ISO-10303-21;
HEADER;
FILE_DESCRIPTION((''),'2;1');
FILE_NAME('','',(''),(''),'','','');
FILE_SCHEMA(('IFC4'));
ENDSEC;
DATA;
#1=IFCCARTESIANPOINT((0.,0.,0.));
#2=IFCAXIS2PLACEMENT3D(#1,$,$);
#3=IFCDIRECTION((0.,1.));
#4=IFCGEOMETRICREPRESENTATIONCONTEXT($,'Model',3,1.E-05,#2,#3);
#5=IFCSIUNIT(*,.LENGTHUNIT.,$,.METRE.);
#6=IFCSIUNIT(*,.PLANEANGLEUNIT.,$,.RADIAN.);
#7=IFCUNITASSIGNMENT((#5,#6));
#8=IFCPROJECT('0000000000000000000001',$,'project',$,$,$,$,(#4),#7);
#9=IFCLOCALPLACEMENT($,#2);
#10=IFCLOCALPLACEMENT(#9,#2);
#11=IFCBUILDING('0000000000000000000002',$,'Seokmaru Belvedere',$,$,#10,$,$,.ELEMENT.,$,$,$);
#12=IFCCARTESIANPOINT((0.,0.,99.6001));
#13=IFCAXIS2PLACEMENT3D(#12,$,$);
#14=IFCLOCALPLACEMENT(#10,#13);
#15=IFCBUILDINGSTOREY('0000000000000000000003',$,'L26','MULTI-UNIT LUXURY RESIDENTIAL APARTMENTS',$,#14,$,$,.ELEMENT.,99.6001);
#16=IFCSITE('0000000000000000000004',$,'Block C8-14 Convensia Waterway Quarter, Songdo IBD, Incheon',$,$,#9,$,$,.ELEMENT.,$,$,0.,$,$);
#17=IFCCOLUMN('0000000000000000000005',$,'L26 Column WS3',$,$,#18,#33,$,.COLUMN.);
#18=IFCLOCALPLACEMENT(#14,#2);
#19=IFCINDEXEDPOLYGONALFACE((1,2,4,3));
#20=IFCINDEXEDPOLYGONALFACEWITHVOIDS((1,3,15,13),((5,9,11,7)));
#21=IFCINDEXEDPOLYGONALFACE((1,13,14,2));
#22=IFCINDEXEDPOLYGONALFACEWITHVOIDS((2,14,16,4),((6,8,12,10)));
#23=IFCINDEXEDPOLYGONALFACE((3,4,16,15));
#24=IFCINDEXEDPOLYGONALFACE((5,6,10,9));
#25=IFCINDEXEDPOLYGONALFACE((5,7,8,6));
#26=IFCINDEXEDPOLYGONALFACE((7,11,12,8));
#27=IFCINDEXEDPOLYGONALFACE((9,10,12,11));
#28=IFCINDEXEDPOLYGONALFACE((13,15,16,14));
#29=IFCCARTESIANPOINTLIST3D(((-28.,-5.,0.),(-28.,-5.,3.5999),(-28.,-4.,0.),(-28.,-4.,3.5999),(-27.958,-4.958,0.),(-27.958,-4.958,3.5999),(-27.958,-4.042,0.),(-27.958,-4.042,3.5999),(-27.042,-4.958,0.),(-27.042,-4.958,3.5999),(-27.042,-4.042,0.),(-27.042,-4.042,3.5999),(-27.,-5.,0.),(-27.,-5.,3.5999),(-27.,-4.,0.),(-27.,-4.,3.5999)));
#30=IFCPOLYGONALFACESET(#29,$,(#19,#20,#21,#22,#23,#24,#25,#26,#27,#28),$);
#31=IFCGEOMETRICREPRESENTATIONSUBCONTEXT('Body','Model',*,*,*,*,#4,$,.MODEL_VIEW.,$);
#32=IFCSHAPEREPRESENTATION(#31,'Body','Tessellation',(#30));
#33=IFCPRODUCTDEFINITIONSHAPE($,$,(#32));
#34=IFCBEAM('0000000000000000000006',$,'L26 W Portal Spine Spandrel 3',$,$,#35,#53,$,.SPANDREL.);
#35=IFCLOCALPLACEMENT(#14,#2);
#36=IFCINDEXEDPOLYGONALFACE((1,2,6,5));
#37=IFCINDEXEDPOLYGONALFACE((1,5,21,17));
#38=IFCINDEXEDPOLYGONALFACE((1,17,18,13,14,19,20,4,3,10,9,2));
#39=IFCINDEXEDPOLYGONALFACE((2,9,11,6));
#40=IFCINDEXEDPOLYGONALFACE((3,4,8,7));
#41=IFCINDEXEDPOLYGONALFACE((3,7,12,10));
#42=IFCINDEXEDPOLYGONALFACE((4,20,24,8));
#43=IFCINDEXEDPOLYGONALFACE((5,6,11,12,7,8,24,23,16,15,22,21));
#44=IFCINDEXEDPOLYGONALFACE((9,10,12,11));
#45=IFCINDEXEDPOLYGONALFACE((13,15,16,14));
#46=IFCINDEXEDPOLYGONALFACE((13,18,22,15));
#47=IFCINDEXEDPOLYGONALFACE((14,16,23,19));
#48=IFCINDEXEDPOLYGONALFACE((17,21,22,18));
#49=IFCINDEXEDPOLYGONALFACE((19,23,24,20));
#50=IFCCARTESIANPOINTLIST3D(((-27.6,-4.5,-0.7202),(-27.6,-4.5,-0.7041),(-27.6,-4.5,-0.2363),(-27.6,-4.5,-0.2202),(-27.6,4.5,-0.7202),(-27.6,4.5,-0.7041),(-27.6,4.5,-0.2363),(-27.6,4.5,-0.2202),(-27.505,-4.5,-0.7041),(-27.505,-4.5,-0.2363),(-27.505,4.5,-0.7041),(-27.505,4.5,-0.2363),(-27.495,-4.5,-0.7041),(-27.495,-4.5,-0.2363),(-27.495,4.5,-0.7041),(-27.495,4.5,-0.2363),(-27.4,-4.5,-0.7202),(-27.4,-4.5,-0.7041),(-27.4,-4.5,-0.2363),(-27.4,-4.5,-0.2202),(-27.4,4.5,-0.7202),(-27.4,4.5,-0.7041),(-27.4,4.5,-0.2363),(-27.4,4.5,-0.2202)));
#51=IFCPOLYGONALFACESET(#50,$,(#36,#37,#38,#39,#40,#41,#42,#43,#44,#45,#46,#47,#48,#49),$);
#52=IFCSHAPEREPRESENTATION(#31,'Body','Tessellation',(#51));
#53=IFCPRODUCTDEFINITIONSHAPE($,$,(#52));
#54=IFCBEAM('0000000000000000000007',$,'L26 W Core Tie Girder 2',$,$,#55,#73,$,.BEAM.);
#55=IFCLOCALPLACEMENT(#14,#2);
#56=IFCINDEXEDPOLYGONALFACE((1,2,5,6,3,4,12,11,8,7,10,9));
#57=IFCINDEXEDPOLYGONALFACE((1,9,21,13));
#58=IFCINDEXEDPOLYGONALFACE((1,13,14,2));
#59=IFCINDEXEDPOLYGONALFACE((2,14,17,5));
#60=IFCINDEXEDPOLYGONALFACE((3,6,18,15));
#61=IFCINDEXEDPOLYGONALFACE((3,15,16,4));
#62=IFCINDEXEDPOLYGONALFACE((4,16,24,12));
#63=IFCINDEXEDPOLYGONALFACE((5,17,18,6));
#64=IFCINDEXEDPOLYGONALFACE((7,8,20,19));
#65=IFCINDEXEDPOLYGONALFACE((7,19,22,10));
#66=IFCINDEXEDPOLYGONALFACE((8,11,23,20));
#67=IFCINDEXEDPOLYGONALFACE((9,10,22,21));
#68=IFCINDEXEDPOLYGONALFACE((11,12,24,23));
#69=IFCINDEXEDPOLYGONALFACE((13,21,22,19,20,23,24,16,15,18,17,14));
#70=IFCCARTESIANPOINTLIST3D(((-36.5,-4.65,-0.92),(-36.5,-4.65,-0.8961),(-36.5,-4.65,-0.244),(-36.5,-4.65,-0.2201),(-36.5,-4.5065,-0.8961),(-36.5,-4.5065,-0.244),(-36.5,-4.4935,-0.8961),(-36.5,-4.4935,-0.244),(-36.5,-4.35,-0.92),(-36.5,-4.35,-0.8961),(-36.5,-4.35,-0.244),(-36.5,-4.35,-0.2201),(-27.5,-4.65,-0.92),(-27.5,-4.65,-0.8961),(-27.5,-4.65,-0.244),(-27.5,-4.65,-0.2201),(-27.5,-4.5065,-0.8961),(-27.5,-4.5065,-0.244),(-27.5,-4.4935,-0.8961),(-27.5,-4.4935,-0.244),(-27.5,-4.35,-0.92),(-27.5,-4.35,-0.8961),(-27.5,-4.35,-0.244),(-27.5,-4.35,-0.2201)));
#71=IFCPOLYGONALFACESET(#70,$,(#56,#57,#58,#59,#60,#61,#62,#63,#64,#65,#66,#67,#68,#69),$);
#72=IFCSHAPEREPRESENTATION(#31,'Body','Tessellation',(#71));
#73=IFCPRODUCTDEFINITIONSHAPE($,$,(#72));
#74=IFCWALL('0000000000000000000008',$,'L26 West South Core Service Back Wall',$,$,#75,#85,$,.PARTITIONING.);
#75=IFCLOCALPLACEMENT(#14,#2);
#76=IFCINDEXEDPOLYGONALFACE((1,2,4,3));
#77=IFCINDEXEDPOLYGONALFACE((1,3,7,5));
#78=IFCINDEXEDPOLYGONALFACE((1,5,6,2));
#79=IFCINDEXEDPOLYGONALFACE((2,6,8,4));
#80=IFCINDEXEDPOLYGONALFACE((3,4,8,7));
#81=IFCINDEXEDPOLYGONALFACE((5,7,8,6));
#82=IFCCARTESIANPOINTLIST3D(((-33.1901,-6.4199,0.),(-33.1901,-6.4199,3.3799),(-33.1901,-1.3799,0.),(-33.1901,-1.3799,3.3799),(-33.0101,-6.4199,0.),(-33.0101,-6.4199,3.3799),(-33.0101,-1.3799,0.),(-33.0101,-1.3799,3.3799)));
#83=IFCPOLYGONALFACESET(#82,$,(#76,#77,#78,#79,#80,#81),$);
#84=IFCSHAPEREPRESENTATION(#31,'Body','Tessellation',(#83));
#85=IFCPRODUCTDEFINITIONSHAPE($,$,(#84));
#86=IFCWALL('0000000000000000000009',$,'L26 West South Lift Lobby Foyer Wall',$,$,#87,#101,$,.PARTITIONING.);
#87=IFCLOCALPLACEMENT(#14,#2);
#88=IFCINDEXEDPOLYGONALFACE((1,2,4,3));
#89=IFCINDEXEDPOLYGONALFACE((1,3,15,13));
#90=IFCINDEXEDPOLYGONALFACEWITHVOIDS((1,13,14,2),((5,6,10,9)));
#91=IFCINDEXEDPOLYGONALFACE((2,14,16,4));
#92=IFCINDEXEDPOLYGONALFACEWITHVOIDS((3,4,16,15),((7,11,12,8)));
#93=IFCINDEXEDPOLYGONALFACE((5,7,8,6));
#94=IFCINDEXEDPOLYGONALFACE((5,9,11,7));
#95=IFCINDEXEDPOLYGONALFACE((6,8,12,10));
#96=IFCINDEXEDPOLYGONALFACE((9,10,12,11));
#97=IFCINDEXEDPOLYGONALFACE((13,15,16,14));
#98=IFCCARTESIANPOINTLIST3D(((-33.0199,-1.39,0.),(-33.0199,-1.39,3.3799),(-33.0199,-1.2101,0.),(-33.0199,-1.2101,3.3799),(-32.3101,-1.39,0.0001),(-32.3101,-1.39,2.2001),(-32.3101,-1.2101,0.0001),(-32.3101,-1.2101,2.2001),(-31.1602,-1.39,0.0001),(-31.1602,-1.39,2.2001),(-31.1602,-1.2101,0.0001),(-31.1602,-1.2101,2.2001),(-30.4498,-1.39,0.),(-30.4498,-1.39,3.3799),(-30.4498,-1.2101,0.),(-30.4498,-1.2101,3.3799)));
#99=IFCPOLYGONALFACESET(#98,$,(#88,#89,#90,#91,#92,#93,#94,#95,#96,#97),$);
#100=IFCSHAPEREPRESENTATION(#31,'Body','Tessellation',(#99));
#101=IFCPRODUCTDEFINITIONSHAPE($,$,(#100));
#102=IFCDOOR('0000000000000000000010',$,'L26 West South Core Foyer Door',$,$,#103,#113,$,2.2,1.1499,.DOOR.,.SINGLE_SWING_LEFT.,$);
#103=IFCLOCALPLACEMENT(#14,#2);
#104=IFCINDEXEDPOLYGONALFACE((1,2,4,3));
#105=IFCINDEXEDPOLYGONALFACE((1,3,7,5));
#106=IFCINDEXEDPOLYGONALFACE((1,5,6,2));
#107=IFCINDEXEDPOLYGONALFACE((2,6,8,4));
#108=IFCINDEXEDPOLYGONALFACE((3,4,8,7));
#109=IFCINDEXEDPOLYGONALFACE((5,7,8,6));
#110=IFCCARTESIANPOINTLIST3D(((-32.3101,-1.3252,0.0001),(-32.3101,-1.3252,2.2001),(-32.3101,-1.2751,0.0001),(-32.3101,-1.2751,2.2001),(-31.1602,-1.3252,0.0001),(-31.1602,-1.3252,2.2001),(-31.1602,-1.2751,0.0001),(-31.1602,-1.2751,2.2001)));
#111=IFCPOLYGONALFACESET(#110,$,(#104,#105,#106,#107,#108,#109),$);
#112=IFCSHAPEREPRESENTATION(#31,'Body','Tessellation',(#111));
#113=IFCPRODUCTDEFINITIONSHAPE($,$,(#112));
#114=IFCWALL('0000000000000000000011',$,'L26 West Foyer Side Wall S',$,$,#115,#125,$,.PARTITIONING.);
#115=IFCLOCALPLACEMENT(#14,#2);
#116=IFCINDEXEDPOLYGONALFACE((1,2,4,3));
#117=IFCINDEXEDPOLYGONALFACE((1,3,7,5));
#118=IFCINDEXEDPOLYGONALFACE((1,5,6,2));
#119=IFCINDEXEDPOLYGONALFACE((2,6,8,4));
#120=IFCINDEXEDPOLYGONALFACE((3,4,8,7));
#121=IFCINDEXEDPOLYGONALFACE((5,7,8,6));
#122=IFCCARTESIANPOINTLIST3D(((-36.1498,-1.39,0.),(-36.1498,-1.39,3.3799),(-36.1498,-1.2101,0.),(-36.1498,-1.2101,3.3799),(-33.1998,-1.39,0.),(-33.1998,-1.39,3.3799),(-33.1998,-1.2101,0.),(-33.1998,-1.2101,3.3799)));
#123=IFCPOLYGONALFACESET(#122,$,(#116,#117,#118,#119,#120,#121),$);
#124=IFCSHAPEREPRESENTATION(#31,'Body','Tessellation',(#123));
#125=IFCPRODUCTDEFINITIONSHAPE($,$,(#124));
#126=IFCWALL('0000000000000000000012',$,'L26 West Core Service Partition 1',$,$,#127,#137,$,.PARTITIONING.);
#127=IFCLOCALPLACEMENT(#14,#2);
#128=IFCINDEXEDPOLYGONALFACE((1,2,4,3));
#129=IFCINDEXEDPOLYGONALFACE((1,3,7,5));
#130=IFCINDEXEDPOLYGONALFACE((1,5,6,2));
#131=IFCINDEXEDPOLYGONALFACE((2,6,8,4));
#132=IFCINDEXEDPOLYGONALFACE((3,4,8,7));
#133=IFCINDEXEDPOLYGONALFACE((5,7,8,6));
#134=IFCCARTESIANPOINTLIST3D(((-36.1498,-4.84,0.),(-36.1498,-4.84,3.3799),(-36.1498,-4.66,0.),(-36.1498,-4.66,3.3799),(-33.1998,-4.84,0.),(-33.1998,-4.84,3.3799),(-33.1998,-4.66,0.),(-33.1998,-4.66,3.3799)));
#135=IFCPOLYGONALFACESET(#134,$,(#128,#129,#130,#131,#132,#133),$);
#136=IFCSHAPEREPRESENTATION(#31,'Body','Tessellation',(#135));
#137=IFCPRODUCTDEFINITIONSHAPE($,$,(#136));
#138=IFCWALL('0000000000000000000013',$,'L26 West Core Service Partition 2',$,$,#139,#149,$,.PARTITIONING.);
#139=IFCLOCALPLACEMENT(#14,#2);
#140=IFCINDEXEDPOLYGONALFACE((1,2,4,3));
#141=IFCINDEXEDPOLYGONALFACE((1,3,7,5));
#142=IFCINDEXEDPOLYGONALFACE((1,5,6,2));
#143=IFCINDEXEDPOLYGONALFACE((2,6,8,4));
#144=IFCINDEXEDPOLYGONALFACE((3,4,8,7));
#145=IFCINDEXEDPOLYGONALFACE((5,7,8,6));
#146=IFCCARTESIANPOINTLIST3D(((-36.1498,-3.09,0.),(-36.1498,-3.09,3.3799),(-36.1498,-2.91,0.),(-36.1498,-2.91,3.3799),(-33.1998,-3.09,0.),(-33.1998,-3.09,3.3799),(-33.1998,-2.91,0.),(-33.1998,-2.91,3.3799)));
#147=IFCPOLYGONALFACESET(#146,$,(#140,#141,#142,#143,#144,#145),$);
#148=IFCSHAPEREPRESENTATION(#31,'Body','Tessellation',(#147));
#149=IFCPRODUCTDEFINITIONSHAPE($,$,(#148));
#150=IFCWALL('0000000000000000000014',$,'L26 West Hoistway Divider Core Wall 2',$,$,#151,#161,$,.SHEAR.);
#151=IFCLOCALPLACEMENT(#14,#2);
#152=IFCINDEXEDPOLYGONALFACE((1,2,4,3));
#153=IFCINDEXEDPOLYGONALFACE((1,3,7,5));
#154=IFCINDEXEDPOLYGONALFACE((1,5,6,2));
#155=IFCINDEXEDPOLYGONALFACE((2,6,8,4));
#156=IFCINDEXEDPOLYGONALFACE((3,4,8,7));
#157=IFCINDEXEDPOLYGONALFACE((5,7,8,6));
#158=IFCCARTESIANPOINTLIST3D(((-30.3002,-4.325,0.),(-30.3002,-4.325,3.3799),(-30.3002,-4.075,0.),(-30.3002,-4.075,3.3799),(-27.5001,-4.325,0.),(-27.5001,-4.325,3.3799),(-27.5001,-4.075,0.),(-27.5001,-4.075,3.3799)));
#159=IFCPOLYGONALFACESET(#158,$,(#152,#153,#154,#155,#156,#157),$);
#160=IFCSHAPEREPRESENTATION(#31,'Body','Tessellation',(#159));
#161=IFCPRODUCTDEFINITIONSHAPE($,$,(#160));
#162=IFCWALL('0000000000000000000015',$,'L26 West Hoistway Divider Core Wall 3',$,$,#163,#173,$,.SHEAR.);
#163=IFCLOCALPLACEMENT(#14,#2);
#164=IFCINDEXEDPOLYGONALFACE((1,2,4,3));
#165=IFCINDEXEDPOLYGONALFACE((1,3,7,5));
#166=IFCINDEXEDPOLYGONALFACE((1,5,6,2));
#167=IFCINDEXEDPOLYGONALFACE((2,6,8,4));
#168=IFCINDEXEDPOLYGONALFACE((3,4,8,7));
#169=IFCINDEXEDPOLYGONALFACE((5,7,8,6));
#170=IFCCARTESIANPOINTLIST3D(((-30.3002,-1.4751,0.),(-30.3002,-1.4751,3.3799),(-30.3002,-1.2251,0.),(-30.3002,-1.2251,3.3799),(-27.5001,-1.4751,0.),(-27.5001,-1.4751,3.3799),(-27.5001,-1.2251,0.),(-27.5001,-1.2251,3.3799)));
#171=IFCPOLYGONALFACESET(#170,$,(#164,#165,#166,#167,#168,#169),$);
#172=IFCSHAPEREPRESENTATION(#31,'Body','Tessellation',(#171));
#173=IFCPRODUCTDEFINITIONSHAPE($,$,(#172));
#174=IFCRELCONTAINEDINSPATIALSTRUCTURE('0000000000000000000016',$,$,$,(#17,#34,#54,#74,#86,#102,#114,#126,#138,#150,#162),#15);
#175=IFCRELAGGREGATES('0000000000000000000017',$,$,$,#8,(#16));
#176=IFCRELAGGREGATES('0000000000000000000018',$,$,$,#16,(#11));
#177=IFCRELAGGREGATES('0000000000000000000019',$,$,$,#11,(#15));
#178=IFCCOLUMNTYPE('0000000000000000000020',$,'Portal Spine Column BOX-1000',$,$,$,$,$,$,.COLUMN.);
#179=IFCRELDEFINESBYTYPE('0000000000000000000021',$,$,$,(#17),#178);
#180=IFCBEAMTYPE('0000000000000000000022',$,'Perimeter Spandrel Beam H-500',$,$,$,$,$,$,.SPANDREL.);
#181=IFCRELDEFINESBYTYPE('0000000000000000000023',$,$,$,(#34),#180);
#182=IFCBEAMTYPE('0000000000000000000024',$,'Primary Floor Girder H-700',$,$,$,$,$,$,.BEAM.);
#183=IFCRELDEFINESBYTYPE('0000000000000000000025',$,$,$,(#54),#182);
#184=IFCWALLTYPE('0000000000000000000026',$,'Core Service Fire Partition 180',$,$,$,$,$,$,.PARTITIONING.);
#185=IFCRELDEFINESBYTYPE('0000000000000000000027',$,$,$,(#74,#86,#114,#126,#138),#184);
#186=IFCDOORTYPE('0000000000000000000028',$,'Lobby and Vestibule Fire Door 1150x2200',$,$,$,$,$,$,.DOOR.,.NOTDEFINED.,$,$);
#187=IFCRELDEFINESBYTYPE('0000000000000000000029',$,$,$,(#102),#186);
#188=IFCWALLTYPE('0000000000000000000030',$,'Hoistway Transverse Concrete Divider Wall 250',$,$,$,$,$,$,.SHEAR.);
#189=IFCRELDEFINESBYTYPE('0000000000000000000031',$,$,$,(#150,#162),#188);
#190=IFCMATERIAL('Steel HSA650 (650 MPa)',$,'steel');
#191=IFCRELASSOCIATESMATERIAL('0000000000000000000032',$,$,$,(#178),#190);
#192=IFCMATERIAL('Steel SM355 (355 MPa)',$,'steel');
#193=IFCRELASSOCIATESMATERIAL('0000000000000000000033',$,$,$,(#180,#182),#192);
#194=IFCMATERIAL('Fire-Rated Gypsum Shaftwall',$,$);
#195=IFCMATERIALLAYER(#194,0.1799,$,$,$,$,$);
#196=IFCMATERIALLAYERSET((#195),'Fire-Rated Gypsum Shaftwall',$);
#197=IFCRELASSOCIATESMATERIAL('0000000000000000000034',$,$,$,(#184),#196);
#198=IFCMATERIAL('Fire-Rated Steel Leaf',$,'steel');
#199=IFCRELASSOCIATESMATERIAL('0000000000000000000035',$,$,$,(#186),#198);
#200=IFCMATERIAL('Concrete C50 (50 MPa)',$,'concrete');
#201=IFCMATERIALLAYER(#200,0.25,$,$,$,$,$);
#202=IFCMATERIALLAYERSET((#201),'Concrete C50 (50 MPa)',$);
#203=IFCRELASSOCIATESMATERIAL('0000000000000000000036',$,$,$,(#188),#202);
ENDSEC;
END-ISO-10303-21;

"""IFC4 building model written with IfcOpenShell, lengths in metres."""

from ifc_helpers import new_model, si_unit, direction, frame, frame_2d, origin, origin_2d, place, context, subcontext, project, spatial, rectangle, hollow_rectangle, i_section, extrude, source, transform, mapped, material, layer, layer_set, material_profile, profile_set, type_object, type_shapes, element, fill, save


model = new_model("IFC4")

# Units and contexts
model_context = context("Model", 3, precision=1e-05, world=origin(), true_north=direction((0.0, 1.0)))
body_context = subcontext(model_context, "Body", "Model", "MODEL_VIEW")
ifc_project = project(units=[si_unit("LENGTHUNIT", "METRE"), si_unit("PLANEANGLEUNIT", "RADIAN")], contexts=[model_context])

# Site, building, storey
site_placement = place(None, origin())
site = spatial("IfcSite", under=ifc_project, at=site_placement, Name="Block C8-14 Convensia Waterway Quarter, Songdo IBD, Incheon", CompositionType="ELEMENT", RefElevation=0.0)
building_placement = place(site_placement, origin())
building = spatial("IfcBuilding", under=site, at=building_placement, Name="Seokmaru Belvedere", CompositionType="ELEMENT")
storey_placement = place(building_placement, frame((0.0, 0.0, 99.6001)))
storey = spatial("IfcBuildingStorey", under=building, at=storey_placement, Name="L26", Description="MULTI-UNIT LUXURY RESIDENTIAL APARTMENTS", CompositionType="ELEMENT", Elevation=99.6001)

# Column
ifc_material_1 = material(Name="Steel HSA650 (650 MPa)", Category="steel")
ifc_material_profile_1 = material_profile(ifc_material_1, hollow_rectangle(XDim=1.0, YDim=1.0, WallThickness=0.042, at=origin_2d()), Name="BOX-1000x1000x42")
ifc_profile_set_1 = profile_set([ifc_material_profile_1], Name="Steel HSA650 (650 MPa)")
column_type = type_object("IfcColumnType", Name="Portal Spine Column BOX-1000", PredefinedType="COLUMN", material=ifc_profile_set_1)
shared_shape_1 = source(origin(), body_context, "Body", "SweptSolid", [
    extrude(hollow_rectangle(XDim=1.0, YDim=1.0, WallThickness=0.042, at=origin_2d()), origin(), (0.0, 0.0, 1.0), 3.5999),
])
type_shapes(column_type, [shared_shape_1])
column_placement = place(storey_placement, frame((-27.5, -4.5, 0.0), z_axis=(0.0, 0.0, 1.0), x_axis=(1.0, 0.0, 0.0)))
element("IfcColumn", 1, at=column_placement, inside=storey, type_object=column_type, Name="L26 Column WS3", PredefinedType="COLUMN", context=body_context, shape_type="MappedRepresentation", body=[
    mapped(shared_shape_1, transform((0.0, 0.0, 0.0), scale=1.0)),
])

# Beams
ifc_material_2 = material(Name="Steel SM355 (355 MPa)", Category="steel")
ifc_material_profile_2 = material_profile(ifc_material_2, i_section(OverallWidth=0.2, OverallDepth=0.5, WebThickness=0.01, FlangeThickness=0.0161, at=origin_2d()), Name="H-500x200x10x16")
ifc_profile_set_2 = profile_set([ifc_material_profile_2], Name="Steel SM355 (355 MPa)")
beam_type_1 = type_object("IfcBeamType", Name="Perimeter Spandrel Beam H-500", PredefinedType="SPANDREL", material=ifc_profile_set_2)
shared_shape_2 = source(origin(), body_context, "Body", "SweptSolid", [
    extrude(i_section(OverallWidth=0.2, OverallDepth=0.5, WebThickness=0.01, FlangeThickness=0.0161, at=origin_2d()), origin(), (0.0, 0.0, 1.0), 9.0),
])
type_shapes(beam_type_1, [shared_shape_2])
beam_1_placement = place(storey_placement, frame((-27.5, -4.5, -0.4702), z_axis=(0.0, 1.0, 0.0), x_axis=(-1.0, 0.0, 0.0)))
element("IfcBeam", 2, at=beam_1_placement, inside=storey, type_object=beam_type_1, Name="L26 W Portal Spine Spandrel 3", PredefinedType="SPANDREL", context=body_context, shape_type="MappedRepresentation", body=[
    mapped(shared_shape_2, transform((0.0, 0.0, 0.0), scale=1.0)),
])
ifc_material_profile_3 = material_profile(ifc_material_2, i_section(OverallWidth=0.3, OverallDepth=0.7, WebThickness=0.0129, FlangeThickness=0.0239, at=origin_2d()), Name="H-700x300x13x24")
ifc_profile_set_3 = profile_set([ifc_material_profile_3], Name="Steel SM355 (355 MPa)")
beam_type_2 = type_object("IfcBeamType", Name="Primary Floor Girder H-700", PredefinedType="BEAM", material=ifc_profile_set_3)
shared_shape_3 = source(origin(), body_context, "Body", "SweptSolid", [
    extrude(i_section(OverallWidth=0.3, OverallDepth=0.7, WebThickness=0.0129, FlangeThickness=0.0239, at=origin_2d()), origin(), (0.0, 0.0, 1.0), 9.0),
])
type_shapes(beam_type_2, [shared_shape_3])
beam_2_placement = place(storey_placement, frame((-36.5, -4.5, -0.5701), z_axis=(1.0, 0.0, 0.0), x_axis=(0.0, 1.0, 0.0)))
element("IfcBeam", 3, at=beam_2_placement, inside=storey, type_object=beam_type_2, Name="L26 W Core Tie Girder 2", PredefinedType="BEAM", context=body_context, shape_type="MappedRepresentation", body=[
    mapped(shared_shape_3, transform((0.0, 0.0, 0.0), scale=1.0)),
])

# Wall
ifc_material_3 = material(Name="Fire-Rated Gypsum Shaftwall")
ifc_layer_1 = layer(ifc_material_3, 0.1799)
ifc_layer_set_1 = layer_set([ifc_layer_1], Name="Fire-Rated Gypsum Shaftwall")
wall_type_1 = type_object("IfcWallType", Name="Core Service Fire Partition 180", PredefinedType="PARTITIONING", material=ifc_layer_set_1)
wall_1_placement = place(storey_placement, frame((-33.1001, -6.4199, 0.0), z_axis=(0.0, 0.0, 1.0), x_axis=(0.0, 1.0, 0.0)))
element("IfcWall", 4, at=wall_1_placement, inside=storey, type_object=wall_type_1, Name="L26 West South Core Service Back Wall", PredefinedType="PARTITIONING", context=body_context, shape_type="SweptSolid", body=[
    extrude(rectangle(XDim=5.04, YDim=0.1799, at=frame_2d((2.52, 0.0))), origin(), (0.0, 0.0, 1.0), 3.3799),
])

# Wall, opening, door
wall_2_placement = place(storey_placement, frame((-33.02, -1.3, 0.0), z_axis=(0.0, 0.0, 1.0), x_axis=(1.0, 0.0, 0.0)))
wall_2 = element("IfcWall", 5, at=wall_2_placement, inside=storey, type_object=wall_type_1, Name="L26 West South Lift Lobby Foyer Wall", PredefinedType="PARTITIONING", context=body_context, shape_type="SweptSolid", body=[
    extrude(rectangle(XDim=2.5701, YDim=0.1799, at=frame_2d((1.2852, 0.0))), origin(), (0.0, 0.0, 1.0), 3.3799),
])
opening_1_placement = place(wall_2_placement, frame((0.71, 0.0, 0.0)))
opening_1 = element("IfcOpeningElement", 6, at=opening_1_placement, cuts=wall_2, PredefinedType="OPENING", context=body_context, shape_type="SweptSolid", body=[
    extrude(rectangle(XDim=1.1499, YDim=2.2, at=frame_2d((0.575, 1.1001))), frame((0.0, 0.1001, 0.0), z_axis=(0.0, -1.0, 0.0), x_axis=(1.0, 0.0, 0.0)), (0.0, 0.0, 1.0), 0.2),
])
ifc_material_4 = material(Name="Fire-Rated Steel Leaf", Category="steel")
door_type_1 = type_object("IfcDoorType", Name="Lobby and Vestibule Fire Door 1150x2200", OperationType="NOTDEFINED", PredefinedType="DOOR", material=ifc_material_4)
shared_shape_4 = source(origin(), body_context, "Body", "SweptSolid", [
    extrude(rectangle(XDim=1.1499, YDim=2.2, at=frame_2d((0.575, 1.1001))), frame((0.0, 0.0249, 0.0), z_axis=(0.0, -1.0, 0.0), x_axis=(1.0, 0.0, 0.0)), (0.0, 0.0, 1.0), 0.05),
])
type_shapes(door_type_1, [shared_shape_4])
door_1_placement = place(opening_1_placement, origin())
door_1 = element("IfcDoor", 7, at=door_1_placement, inside=storey, type_object=door_type_1, Name="L26 West South Core Foyer Door", OperationType="SINGLE_SWING_LEFT", OverallHeight=2.2, OverallWidth=1.1499, PredefinedType="DOOR", context=body_context, shape_type="MappedRepresentation", body=[
    mapped(shared_shape_4, transform((0.0, 0.0, 0.0), scale=1.0)),
])
fill(opening_1, door_1)

# Walls
for number, where, z_axis, x_axis, name in (
    (8, (-36.1499, -1.3, 0.0), (0.0, 0.0, 1.0), (1.0, 0.0, 0.0), "L26 West Foyer Side Wall S"),
    (9, (-36.1499, -4.75, 0.0), (0.0, 0.0, 1.0), (1.0, 0.0, 0.0), "L26 West Core Service Partition 1"),
    (10, (-36.1499, -3.0, 0.0), (0.0, 0.0, 1.0), (1.0, 0.0, 0.0), "L26 West Core Service Partition 2"),
):
    element("IfcWall", number, at=place(storey_placement, frame(where, z_axis=z_axis, x_axis=x_axis)), inside=storey, type_object=wall_type_1, Name=name, PredefinedType="PARTITIONING", context=body_context, shape_type="SweptSolid", body=[
        extrude(rectangle(XDim=2.95, YDim=0.1799, at=frame_2d((1.4751, 0.0))), origin(), (0.0, 0.0, 1.0), 3.3799),
    ])
ifc_material_5 = material(Name="Concrete C50 (50 MPa)", Category="concrete")
ifc_layer_2 = layer(ifc_material_5, 0.25)
ifc_layer_set_2 = layer_set([ifc_layer_2], Name="Concrete C50 (50 MPa)")
wall_type_2 = type_object("IfcWallType", Name="Hoistway Transverse Concrete Divider Wall 250", PredefinedType="SHEAR", material=ifc_layer_set_2)
for number, where, z_axis, x_axis, name in (
    (11, (-30.3, -4.2, 0.0), (0.0, 0.0, 1.0), (1.0, 0.0, 0.0), "L26 West Hoistway Divider Core Wall 2"),
    (12, (-30.3, -1.3501, 0.0), (0.0, 0.0, 1.0), (1.0, 0.0, 0.0), "L26 West Hoistway Divider Core Wall 3"),
):
    element("IfcWall", number, at=place(storey_placement, frame(where, z_axis=z_axis, x_axis=x_axis)), inside=storey, type_object=wall_type_2, Name=name, PredefinedType="SHEAR", context=body_context, shape_type="SweptSolid", body=[
        extrude(rectangle(XDim=2.8, YDim=0.25, at=frame_2d((1.3999, 0.0))), origin(), (0.0, 0.0, 1.0), 3.3799),
    ])

save(model, "model.ifc")
